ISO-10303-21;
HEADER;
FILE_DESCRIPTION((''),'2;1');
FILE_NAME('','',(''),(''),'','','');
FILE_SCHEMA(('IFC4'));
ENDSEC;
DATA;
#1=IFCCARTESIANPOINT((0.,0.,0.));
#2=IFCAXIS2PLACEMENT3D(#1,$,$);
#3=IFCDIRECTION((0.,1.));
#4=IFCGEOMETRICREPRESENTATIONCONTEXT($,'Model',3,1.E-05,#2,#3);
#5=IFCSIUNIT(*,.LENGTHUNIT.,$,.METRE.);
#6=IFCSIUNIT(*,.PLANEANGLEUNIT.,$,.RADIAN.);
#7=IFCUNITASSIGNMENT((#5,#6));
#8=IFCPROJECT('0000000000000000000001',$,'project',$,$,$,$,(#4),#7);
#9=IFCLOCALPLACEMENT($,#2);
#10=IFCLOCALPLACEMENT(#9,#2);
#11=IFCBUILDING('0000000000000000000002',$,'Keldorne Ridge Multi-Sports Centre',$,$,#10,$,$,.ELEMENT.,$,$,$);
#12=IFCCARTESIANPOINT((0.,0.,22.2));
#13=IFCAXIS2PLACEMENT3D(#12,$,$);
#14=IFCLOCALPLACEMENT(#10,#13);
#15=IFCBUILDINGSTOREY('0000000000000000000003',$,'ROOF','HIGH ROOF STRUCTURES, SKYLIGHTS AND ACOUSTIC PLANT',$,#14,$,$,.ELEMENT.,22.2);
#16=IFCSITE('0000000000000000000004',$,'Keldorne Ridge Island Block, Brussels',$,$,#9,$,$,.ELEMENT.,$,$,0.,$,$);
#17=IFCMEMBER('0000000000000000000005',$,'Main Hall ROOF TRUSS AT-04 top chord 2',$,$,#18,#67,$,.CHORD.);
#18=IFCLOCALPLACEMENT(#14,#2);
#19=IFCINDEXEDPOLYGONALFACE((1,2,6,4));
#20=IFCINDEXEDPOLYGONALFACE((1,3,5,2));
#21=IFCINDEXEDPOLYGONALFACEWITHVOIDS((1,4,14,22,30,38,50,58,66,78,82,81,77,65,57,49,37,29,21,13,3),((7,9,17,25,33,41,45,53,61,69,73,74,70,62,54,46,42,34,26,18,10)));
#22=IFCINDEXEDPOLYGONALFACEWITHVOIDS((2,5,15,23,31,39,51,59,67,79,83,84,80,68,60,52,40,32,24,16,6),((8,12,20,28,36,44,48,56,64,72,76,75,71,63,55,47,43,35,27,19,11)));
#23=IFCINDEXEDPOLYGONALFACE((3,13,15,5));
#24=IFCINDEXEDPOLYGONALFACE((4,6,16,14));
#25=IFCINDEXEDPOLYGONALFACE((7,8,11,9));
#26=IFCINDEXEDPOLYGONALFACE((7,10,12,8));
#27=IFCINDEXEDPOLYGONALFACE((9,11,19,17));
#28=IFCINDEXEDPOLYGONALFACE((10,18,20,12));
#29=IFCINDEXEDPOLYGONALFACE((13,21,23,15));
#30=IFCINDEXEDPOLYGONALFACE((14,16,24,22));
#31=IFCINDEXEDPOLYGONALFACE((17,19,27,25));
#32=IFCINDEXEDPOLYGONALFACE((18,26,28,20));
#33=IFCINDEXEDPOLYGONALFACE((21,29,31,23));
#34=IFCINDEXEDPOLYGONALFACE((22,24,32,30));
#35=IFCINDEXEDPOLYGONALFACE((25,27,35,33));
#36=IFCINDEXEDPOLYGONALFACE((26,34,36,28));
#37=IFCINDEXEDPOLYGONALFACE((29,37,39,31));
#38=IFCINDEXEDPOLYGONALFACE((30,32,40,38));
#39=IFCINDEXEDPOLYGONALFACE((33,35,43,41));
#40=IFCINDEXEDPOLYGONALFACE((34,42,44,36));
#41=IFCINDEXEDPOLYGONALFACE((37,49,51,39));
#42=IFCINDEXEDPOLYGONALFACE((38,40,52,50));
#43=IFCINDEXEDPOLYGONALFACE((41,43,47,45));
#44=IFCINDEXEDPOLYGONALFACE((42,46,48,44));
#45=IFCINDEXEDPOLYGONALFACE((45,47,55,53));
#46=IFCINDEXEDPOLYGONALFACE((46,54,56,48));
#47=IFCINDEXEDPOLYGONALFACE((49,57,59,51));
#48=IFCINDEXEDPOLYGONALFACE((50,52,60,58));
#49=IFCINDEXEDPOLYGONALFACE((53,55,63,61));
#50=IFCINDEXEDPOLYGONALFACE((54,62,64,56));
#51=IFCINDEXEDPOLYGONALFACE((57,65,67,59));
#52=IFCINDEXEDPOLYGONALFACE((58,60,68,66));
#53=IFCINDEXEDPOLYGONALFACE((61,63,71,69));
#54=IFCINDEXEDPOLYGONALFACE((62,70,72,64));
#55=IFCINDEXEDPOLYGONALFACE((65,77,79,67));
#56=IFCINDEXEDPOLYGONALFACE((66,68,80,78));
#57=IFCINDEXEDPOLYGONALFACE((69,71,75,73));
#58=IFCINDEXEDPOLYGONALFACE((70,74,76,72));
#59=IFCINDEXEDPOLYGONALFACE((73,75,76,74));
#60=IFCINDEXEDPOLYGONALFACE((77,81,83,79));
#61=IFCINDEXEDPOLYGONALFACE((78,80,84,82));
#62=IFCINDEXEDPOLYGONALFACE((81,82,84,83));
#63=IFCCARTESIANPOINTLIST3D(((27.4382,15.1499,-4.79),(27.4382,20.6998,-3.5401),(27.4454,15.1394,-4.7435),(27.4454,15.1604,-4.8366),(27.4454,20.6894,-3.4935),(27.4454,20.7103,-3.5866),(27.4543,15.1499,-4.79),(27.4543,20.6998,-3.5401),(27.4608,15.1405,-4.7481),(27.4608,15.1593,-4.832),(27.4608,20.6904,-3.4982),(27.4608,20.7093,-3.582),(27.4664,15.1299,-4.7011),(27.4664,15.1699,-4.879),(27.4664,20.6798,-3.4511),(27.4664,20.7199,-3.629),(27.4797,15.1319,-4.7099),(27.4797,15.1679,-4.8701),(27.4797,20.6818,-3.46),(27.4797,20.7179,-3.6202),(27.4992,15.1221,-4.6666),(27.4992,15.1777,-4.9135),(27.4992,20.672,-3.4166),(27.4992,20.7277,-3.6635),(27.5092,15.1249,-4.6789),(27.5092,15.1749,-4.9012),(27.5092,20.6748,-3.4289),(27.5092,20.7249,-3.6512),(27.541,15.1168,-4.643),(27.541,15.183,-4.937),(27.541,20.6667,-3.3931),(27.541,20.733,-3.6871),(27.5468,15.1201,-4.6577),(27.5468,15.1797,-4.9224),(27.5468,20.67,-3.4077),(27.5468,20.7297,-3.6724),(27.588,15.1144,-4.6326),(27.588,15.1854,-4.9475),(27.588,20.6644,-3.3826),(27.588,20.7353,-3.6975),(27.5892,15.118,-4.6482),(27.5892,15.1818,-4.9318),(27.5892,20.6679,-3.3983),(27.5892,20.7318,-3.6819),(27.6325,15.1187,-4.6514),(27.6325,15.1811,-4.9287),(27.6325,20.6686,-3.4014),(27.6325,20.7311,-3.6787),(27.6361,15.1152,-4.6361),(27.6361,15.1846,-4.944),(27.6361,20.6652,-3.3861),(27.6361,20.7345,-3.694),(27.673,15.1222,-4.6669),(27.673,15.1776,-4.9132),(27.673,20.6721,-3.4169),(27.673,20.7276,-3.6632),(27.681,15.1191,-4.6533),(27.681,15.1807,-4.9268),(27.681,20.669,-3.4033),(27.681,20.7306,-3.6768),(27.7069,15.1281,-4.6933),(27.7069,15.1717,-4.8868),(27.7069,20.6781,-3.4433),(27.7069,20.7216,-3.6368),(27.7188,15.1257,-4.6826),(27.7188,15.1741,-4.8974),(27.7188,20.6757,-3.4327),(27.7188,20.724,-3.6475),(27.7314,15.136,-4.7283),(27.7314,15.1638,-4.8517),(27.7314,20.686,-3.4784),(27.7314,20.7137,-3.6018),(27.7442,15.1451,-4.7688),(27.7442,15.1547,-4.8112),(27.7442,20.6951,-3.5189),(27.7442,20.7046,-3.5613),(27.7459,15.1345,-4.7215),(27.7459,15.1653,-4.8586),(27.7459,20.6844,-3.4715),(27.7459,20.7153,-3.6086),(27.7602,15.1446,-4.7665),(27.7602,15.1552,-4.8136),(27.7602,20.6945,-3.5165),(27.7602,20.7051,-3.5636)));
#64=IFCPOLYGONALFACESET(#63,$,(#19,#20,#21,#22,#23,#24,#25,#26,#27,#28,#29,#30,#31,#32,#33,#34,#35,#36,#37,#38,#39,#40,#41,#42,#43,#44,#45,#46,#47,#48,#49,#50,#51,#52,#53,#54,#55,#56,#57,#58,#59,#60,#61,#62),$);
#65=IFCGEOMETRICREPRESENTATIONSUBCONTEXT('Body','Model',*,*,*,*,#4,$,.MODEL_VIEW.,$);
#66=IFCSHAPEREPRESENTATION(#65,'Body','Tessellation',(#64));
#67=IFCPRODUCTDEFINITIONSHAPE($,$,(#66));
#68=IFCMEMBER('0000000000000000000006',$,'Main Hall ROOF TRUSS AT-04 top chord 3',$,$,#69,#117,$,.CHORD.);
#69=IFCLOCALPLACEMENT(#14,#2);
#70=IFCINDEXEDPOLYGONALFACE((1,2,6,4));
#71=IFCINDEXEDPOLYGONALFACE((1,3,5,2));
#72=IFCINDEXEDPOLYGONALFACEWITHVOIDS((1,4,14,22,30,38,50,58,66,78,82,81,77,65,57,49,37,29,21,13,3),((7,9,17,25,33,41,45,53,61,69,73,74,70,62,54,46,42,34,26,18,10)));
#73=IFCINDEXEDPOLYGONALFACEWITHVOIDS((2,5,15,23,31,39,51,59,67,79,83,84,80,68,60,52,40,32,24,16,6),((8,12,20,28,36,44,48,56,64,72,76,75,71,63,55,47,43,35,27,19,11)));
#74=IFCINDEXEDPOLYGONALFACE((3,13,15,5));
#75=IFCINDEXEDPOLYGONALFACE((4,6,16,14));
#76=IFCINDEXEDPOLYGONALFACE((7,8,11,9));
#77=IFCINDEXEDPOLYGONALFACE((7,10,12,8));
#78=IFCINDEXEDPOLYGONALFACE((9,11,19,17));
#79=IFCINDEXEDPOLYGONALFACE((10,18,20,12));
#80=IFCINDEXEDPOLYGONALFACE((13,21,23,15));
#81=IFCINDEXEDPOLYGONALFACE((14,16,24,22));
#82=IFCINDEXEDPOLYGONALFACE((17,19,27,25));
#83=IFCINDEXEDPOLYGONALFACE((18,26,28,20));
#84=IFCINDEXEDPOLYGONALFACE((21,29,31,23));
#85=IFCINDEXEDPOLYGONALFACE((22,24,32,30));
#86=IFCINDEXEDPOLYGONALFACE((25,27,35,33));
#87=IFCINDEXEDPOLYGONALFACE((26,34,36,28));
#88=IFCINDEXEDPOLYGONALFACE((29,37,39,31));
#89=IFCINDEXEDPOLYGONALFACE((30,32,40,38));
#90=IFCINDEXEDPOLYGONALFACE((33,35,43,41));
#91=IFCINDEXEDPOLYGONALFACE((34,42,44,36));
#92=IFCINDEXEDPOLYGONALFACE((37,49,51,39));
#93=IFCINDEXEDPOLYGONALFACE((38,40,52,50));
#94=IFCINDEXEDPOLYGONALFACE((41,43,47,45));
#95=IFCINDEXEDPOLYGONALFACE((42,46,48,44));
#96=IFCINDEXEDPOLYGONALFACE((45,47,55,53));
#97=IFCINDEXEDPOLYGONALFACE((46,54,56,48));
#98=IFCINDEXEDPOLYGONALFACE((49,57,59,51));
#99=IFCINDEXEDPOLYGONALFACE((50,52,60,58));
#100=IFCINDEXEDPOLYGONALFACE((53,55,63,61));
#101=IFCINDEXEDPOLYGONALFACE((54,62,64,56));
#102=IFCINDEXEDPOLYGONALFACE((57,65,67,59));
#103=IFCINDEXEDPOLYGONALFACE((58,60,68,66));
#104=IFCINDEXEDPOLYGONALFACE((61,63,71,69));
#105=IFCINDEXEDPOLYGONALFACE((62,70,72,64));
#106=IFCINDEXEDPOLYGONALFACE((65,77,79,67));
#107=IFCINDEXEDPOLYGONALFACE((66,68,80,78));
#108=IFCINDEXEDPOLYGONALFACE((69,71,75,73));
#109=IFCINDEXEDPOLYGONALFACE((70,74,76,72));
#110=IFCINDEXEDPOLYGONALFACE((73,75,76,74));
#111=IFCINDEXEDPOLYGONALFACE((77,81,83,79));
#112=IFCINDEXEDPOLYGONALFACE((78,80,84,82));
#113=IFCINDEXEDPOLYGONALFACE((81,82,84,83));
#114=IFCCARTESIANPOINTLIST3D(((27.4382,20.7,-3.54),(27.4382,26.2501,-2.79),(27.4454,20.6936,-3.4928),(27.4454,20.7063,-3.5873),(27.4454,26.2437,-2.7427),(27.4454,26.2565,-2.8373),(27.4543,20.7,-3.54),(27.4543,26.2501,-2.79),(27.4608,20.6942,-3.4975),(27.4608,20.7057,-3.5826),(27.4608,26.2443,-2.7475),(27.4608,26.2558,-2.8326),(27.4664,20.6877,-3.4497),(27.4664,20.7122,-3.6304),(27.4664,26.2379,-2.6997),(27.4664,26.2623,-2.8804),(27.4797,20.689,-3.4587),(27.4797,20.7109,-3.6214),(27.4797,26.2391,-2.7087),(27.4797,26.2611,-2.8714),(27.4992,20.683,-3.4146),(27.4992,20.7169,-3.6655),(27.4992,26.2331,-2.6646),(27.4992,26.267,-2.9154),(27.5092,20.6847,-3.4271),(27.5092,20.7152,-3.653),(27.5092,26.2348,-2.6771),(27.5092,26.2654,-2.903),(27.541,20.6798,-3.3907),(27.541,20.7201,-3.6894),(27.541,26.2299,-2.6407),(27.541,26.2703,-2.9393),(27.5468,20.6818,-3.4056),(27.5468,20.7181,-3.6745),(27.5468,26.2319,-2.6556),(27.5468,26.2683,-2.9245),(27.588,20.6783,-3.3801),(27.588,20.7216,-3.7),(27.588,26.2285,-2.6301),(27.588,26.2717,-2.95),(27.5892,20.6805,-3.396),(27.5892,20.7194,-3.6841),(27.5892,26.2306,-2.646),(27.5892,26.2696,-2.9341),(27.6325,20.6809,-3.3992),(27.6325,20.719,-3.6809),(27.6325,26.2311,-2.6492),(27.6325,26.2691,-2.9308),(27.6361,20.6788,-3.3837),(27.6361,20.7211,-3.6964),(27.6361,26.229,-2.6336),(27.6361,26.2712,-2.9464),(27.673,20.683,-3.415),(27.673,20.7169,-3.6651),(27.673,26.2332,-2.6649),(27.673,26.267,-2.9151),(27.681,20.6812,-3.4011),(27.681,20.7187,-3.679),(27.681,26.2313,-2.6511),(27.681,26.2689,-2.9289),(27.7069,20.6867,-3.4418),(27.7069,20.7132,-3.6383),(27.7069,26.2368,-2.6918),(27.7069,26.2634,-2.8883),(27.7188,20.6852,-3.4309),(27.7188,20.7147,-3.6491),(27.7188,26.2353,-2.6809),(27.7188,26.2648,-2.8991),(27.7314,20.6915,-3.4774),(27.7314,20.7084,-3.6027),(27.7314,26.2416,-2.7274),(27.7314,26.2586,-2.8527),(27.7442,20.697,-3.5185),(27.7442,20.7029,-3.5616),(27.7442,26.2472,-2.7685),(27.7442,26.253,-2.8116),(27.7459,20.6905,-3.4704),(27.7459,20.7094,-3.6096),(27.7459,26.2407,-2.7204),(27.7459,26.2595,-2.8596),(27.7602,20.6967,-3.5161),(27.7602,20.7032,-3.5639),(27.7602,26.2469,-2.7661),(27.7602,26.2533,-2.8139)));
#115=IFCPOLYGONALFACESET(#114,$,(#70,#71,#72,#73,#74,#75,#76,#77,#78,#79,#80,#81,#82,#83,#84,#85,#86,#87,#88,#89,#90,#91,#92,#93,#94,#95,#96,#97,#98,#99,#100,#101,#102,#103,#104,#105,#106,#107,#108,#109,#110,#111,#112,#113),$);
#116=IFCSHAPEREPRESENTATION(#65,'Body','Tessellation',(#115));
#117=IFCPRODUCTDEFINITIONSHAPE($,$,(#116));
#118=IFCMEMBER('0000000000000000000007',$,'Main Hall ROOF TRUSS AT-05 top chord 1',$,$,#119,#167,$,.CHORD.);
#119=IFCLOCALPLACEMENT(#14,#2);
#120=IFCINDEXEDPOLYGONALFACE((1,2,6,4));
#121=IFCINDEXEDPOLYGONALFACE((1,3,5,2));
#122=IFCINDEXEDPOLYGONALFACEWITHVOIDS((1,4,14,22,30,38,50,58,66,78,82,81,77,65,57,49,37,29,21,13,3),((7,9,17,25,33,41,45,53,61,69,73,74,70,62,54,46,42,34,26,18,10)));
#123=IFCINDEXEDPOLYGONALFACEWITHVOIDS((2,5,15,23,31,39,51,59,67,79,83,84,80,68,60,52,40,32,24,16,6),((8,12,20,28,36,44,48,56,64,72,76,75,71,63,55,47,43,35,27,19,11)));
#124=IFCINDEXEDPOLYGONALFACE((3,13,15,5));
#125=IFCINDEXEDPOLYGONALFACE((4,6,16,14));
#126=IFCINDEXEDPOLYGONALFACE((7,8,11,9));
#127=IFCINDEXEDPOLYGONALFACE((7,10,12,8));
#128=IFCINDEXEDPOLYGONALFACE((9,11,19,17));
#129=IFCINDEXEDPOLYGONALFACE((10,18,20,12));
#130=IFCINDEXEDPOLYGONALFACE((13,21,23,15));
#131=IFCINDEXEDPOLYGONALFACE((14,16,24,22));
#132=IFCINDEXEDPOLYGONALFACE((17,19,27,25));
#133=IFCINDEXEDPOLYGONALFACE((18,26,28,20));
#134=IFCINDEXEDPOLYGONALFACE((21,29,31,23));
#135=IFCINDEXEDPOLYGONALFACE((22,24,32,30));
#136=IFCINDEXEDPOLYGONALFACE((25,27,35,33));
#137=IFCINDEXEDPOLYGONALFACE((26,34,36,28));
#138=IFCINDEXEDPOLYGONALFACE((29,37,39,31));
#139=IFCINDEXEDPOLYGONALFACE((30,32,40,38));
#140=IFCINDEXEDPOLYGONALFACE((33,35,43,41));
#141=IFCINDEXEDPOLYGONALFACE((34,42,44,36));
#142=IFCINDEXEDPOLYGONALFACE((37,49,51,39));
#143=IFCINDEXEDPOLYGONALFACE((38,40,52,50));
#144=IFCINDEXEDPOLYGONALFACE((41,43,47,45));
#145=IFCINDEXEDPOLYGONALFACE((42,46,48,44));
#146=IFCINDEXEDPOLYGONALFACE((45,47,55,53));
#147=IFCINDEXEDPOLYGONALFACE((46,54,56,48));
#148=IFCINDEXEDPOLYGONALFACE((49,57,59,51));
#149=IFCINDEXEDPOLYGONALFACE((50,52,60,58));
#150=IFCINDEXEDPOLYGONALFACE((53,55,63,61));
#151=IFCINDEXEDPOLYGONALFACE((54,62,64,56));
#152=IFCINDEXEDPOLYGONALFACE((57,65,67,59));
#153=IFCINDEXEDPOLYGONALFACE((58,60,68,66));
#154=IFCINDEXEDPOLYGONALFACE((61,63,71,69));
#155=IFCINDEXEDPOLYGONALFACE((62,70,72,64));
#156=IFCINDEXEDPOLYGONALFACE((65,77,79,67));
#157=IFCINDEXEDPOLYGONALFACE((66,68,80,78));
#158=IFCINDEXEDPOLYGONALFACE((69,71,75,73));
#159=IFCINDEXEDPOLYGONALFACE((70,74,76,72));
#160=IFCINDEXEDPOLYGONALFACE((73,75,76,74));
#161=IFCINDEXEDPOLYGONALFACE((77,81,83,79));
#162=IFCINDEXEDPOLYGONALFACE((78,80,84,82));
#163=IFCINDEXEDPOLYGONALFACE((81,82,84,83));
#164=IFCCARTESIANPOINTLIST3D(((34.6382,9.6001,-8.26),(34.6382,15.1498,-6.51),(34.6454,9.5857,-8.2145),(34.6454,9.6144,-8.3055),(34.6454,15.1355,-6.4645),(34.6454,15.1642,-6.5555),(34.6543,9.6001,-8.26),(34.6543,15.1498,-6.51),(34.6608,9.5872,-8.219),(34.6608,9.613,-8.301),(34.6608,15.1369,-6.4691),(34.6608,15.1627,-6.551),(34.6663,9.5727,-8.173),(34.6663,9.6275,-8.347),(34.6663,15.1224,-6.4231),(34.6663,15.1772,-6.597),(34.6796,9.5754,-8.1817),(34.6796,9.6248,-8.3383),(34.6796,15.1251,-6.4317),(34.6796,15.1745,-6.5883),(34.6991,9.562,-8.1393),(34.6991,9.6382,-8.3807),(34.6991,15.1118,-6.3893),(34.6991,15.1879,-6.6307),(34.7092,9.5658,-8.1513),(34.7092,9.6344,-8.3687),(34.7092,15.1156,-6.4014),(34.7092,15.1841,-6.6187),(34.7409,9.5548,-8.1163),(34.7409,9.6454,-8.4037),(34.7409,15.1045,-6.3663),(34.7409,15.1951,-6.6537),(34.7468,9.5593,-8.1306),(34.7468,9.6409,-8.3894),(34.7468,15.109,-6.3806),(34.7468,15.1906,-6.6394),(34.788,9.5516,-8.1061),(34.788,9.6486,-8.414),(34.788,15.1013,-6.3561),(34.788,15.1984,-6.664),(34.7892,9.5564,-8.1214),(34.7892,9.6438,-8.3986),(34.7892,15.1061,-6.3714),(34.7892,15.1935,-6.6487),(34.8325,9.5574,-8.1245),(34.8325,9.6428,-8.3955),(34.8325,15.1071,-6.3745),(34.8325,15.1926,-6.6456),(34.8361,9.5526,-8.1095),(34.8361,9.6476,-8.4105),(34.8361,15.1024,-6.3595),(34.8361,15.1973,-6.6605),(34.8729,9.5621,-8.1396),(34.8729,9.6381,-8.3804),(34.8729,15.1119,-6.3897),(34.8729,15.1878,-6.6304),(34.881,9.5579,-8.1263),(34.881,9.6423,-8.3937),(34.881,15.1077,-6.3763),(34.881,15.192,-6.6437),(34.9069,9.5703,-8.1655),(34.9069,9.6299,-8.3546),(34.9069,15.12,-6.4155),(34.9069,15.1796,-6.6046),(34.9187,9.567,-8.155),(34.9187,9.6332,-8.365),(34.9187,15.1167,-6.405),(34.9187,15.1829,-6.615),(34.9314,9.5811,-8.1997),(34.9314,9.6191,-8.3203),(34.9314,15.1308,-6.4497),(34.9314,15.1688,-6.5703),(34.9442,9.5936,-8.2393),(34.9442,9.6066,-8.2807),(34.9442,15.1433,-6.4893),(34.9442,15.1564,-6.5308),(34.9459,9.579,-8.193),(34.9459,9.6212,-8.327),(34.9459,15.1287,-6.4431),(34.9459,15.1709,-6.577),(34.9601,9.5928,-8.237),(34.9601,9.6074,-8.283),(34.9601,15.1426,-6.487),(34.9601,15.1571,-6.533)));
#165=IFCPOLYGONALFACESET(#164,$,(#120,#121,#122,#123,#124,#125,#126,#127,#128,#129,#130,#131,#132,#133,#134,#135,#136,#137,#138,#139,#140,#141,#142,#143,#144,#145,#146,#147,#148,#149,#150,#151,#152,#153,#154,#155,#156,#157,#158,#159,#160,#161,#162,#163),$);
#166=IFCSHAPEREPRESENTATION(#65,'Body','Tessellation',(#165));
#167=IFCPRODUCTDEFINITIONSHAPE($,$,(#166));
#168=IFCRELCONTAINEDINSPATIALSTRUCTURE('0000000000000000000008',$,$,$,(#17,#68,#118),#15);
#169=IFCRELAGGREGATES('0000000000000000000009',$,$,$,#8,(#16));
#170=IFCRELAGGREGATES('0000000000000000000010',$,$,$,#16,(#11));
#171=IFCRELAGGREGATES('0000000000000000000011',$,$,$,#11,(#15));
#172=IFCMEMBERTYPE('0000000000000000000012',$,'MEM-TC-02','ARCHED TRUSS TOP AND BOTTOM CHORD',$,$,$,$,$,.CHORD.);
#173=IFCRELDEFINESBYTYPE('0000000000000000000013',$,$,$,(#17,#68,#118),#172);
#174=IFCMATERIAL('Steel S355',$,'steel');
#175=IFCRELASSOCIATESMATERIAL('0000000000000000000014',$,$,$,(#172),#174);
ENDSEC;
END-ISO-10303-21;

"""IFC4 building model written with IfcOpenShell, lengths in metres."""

from ifc_helpers import new_model, si_unit, direction, frame, origin, origin_2d, place, context, subcontext, project, spatial, hollow_circle, extrude, material, material_profile, profile_set, type_object, element, save


model = new_model("IFC4")

# Units and contexts
model_context = context("Model", 3, precision=1e-05, world=origin(), true_north=direction((0.0, 1.0)))
body_context = subcontext(model_context, "Body", "Model", "MODEL_VIEW")
ifc_project = project(units=[si_unit("LENGTHUNIT", "METRE"), si_unit("PLANEANGLEUNIT", "RADIAN")], contexts=[model_context])

# Site, building, storey
site_placement = place(None, origin())
site = spatial("IfcSite", under=ifc_project, at=site_placement, Name="Keldorne Ridge Island Block, Brussels", CompositionType="ELEMENT", RefElevation=0.0)
building_placement = place(site_placement, origin())
building = spatial("IfcBuilding", under=site, at=building_placement, Name="Keldorne Ridge Multi-Sports Centre", CompositionType="ELEMENT")
storey_placement = place(building_placement, frame((0.0, 0.0, 22.2)))
storey = spatial("IfcBuildingStorey", under=building, at=storey_placement, Name="ROOF", Description="HIGH ROOF STRUCTURES, SKYLIGHTS AND ACOUSTIC PLANT", CompositionType="ELEMENT", Elevation=22.2)

# Members
ifc_material = material(Name="Steel S355", Category="steel")
ifc_material_profile_1 = material_profile(ifc_material, hollow_circle(Radius=0.1619, WallThickness=0.0161, at=origin_2d()), Name="CHS 323.9x16")
ifc_profile_set_1 = profile_set([ifc_material_profile_1], Name="Steel S355")
member_type_1 = type_object("IfcMemberType", Name="MEM-TC-02", Description="ARCHED TRUSS TOP AND BOTTOM CHORD", PredefinedType="CHORD", material=ifc_profile_set_1)
member_1_placement = place(storey_placement, frame((27.6001, 15.1499, -4.79), z_axis=(0.0, 0.975563, 0.219719), x_axis=(-1.0, 0.0, 0.0)))
element("IfcMember", 1, at=member_1_placement, inside=storey, type_object=member_type_1, Name="Main Hall ROOF TRUSS AT-04 top chord 2", PredefinedType="CHORD", context=body_context, shape_type="SweptSolid", body=[
    extrude(hollow_circle(Radius=0.1619, WallThickness=0.0161, at=origin_2d()), origin(), (0.0, 0.0, 1.0), 5.689),
])
member_2_placement = place(storey_placement, frame((27.6001, 20.7, -3.54), z_axis=(0.0, 0.990993, 0.133917), x_axis=(-1.0, 0.0, 0.0)))
element("IfcMember", 2, at=member_2_placement, inside=storey, type_object=member_type_1, Name="Main Hall ROOF TRUSS AT-04 top chord 3", PredefinedType="CHORD", context=body_context, shape_type="SweptSolid", body=[
    extrude(hollow_circle(Radius=0.1619, WallThickness=0.0161, at=origin_2d()), origin(), (0.0, 0.0, 1.0), 5.6006),
])
member_3_placement = place(storey_placement, frame((34.8, 9.6001, -8.26), z_axis=(0.0, 0.953709, 0.30073), x_axis=(-1.0, 0.0, 0.0)))
element("IfcMember", 3, at=member_3_placement, inside=storey, type_object=member_type_1, Name="Main Hall ROOF TRUSS AT-05 top chord 1", PredefinedType="CHORD", context=body_context, shape_type="SweptSolid", body=[
    extrude(hollow_circle(Radius=0.1619, WallThickness=0.0161, at=origin_2d()), origin(), (0.0, 0.0, 1.0), 5.8191),
])

save(model, "model.ifc")
